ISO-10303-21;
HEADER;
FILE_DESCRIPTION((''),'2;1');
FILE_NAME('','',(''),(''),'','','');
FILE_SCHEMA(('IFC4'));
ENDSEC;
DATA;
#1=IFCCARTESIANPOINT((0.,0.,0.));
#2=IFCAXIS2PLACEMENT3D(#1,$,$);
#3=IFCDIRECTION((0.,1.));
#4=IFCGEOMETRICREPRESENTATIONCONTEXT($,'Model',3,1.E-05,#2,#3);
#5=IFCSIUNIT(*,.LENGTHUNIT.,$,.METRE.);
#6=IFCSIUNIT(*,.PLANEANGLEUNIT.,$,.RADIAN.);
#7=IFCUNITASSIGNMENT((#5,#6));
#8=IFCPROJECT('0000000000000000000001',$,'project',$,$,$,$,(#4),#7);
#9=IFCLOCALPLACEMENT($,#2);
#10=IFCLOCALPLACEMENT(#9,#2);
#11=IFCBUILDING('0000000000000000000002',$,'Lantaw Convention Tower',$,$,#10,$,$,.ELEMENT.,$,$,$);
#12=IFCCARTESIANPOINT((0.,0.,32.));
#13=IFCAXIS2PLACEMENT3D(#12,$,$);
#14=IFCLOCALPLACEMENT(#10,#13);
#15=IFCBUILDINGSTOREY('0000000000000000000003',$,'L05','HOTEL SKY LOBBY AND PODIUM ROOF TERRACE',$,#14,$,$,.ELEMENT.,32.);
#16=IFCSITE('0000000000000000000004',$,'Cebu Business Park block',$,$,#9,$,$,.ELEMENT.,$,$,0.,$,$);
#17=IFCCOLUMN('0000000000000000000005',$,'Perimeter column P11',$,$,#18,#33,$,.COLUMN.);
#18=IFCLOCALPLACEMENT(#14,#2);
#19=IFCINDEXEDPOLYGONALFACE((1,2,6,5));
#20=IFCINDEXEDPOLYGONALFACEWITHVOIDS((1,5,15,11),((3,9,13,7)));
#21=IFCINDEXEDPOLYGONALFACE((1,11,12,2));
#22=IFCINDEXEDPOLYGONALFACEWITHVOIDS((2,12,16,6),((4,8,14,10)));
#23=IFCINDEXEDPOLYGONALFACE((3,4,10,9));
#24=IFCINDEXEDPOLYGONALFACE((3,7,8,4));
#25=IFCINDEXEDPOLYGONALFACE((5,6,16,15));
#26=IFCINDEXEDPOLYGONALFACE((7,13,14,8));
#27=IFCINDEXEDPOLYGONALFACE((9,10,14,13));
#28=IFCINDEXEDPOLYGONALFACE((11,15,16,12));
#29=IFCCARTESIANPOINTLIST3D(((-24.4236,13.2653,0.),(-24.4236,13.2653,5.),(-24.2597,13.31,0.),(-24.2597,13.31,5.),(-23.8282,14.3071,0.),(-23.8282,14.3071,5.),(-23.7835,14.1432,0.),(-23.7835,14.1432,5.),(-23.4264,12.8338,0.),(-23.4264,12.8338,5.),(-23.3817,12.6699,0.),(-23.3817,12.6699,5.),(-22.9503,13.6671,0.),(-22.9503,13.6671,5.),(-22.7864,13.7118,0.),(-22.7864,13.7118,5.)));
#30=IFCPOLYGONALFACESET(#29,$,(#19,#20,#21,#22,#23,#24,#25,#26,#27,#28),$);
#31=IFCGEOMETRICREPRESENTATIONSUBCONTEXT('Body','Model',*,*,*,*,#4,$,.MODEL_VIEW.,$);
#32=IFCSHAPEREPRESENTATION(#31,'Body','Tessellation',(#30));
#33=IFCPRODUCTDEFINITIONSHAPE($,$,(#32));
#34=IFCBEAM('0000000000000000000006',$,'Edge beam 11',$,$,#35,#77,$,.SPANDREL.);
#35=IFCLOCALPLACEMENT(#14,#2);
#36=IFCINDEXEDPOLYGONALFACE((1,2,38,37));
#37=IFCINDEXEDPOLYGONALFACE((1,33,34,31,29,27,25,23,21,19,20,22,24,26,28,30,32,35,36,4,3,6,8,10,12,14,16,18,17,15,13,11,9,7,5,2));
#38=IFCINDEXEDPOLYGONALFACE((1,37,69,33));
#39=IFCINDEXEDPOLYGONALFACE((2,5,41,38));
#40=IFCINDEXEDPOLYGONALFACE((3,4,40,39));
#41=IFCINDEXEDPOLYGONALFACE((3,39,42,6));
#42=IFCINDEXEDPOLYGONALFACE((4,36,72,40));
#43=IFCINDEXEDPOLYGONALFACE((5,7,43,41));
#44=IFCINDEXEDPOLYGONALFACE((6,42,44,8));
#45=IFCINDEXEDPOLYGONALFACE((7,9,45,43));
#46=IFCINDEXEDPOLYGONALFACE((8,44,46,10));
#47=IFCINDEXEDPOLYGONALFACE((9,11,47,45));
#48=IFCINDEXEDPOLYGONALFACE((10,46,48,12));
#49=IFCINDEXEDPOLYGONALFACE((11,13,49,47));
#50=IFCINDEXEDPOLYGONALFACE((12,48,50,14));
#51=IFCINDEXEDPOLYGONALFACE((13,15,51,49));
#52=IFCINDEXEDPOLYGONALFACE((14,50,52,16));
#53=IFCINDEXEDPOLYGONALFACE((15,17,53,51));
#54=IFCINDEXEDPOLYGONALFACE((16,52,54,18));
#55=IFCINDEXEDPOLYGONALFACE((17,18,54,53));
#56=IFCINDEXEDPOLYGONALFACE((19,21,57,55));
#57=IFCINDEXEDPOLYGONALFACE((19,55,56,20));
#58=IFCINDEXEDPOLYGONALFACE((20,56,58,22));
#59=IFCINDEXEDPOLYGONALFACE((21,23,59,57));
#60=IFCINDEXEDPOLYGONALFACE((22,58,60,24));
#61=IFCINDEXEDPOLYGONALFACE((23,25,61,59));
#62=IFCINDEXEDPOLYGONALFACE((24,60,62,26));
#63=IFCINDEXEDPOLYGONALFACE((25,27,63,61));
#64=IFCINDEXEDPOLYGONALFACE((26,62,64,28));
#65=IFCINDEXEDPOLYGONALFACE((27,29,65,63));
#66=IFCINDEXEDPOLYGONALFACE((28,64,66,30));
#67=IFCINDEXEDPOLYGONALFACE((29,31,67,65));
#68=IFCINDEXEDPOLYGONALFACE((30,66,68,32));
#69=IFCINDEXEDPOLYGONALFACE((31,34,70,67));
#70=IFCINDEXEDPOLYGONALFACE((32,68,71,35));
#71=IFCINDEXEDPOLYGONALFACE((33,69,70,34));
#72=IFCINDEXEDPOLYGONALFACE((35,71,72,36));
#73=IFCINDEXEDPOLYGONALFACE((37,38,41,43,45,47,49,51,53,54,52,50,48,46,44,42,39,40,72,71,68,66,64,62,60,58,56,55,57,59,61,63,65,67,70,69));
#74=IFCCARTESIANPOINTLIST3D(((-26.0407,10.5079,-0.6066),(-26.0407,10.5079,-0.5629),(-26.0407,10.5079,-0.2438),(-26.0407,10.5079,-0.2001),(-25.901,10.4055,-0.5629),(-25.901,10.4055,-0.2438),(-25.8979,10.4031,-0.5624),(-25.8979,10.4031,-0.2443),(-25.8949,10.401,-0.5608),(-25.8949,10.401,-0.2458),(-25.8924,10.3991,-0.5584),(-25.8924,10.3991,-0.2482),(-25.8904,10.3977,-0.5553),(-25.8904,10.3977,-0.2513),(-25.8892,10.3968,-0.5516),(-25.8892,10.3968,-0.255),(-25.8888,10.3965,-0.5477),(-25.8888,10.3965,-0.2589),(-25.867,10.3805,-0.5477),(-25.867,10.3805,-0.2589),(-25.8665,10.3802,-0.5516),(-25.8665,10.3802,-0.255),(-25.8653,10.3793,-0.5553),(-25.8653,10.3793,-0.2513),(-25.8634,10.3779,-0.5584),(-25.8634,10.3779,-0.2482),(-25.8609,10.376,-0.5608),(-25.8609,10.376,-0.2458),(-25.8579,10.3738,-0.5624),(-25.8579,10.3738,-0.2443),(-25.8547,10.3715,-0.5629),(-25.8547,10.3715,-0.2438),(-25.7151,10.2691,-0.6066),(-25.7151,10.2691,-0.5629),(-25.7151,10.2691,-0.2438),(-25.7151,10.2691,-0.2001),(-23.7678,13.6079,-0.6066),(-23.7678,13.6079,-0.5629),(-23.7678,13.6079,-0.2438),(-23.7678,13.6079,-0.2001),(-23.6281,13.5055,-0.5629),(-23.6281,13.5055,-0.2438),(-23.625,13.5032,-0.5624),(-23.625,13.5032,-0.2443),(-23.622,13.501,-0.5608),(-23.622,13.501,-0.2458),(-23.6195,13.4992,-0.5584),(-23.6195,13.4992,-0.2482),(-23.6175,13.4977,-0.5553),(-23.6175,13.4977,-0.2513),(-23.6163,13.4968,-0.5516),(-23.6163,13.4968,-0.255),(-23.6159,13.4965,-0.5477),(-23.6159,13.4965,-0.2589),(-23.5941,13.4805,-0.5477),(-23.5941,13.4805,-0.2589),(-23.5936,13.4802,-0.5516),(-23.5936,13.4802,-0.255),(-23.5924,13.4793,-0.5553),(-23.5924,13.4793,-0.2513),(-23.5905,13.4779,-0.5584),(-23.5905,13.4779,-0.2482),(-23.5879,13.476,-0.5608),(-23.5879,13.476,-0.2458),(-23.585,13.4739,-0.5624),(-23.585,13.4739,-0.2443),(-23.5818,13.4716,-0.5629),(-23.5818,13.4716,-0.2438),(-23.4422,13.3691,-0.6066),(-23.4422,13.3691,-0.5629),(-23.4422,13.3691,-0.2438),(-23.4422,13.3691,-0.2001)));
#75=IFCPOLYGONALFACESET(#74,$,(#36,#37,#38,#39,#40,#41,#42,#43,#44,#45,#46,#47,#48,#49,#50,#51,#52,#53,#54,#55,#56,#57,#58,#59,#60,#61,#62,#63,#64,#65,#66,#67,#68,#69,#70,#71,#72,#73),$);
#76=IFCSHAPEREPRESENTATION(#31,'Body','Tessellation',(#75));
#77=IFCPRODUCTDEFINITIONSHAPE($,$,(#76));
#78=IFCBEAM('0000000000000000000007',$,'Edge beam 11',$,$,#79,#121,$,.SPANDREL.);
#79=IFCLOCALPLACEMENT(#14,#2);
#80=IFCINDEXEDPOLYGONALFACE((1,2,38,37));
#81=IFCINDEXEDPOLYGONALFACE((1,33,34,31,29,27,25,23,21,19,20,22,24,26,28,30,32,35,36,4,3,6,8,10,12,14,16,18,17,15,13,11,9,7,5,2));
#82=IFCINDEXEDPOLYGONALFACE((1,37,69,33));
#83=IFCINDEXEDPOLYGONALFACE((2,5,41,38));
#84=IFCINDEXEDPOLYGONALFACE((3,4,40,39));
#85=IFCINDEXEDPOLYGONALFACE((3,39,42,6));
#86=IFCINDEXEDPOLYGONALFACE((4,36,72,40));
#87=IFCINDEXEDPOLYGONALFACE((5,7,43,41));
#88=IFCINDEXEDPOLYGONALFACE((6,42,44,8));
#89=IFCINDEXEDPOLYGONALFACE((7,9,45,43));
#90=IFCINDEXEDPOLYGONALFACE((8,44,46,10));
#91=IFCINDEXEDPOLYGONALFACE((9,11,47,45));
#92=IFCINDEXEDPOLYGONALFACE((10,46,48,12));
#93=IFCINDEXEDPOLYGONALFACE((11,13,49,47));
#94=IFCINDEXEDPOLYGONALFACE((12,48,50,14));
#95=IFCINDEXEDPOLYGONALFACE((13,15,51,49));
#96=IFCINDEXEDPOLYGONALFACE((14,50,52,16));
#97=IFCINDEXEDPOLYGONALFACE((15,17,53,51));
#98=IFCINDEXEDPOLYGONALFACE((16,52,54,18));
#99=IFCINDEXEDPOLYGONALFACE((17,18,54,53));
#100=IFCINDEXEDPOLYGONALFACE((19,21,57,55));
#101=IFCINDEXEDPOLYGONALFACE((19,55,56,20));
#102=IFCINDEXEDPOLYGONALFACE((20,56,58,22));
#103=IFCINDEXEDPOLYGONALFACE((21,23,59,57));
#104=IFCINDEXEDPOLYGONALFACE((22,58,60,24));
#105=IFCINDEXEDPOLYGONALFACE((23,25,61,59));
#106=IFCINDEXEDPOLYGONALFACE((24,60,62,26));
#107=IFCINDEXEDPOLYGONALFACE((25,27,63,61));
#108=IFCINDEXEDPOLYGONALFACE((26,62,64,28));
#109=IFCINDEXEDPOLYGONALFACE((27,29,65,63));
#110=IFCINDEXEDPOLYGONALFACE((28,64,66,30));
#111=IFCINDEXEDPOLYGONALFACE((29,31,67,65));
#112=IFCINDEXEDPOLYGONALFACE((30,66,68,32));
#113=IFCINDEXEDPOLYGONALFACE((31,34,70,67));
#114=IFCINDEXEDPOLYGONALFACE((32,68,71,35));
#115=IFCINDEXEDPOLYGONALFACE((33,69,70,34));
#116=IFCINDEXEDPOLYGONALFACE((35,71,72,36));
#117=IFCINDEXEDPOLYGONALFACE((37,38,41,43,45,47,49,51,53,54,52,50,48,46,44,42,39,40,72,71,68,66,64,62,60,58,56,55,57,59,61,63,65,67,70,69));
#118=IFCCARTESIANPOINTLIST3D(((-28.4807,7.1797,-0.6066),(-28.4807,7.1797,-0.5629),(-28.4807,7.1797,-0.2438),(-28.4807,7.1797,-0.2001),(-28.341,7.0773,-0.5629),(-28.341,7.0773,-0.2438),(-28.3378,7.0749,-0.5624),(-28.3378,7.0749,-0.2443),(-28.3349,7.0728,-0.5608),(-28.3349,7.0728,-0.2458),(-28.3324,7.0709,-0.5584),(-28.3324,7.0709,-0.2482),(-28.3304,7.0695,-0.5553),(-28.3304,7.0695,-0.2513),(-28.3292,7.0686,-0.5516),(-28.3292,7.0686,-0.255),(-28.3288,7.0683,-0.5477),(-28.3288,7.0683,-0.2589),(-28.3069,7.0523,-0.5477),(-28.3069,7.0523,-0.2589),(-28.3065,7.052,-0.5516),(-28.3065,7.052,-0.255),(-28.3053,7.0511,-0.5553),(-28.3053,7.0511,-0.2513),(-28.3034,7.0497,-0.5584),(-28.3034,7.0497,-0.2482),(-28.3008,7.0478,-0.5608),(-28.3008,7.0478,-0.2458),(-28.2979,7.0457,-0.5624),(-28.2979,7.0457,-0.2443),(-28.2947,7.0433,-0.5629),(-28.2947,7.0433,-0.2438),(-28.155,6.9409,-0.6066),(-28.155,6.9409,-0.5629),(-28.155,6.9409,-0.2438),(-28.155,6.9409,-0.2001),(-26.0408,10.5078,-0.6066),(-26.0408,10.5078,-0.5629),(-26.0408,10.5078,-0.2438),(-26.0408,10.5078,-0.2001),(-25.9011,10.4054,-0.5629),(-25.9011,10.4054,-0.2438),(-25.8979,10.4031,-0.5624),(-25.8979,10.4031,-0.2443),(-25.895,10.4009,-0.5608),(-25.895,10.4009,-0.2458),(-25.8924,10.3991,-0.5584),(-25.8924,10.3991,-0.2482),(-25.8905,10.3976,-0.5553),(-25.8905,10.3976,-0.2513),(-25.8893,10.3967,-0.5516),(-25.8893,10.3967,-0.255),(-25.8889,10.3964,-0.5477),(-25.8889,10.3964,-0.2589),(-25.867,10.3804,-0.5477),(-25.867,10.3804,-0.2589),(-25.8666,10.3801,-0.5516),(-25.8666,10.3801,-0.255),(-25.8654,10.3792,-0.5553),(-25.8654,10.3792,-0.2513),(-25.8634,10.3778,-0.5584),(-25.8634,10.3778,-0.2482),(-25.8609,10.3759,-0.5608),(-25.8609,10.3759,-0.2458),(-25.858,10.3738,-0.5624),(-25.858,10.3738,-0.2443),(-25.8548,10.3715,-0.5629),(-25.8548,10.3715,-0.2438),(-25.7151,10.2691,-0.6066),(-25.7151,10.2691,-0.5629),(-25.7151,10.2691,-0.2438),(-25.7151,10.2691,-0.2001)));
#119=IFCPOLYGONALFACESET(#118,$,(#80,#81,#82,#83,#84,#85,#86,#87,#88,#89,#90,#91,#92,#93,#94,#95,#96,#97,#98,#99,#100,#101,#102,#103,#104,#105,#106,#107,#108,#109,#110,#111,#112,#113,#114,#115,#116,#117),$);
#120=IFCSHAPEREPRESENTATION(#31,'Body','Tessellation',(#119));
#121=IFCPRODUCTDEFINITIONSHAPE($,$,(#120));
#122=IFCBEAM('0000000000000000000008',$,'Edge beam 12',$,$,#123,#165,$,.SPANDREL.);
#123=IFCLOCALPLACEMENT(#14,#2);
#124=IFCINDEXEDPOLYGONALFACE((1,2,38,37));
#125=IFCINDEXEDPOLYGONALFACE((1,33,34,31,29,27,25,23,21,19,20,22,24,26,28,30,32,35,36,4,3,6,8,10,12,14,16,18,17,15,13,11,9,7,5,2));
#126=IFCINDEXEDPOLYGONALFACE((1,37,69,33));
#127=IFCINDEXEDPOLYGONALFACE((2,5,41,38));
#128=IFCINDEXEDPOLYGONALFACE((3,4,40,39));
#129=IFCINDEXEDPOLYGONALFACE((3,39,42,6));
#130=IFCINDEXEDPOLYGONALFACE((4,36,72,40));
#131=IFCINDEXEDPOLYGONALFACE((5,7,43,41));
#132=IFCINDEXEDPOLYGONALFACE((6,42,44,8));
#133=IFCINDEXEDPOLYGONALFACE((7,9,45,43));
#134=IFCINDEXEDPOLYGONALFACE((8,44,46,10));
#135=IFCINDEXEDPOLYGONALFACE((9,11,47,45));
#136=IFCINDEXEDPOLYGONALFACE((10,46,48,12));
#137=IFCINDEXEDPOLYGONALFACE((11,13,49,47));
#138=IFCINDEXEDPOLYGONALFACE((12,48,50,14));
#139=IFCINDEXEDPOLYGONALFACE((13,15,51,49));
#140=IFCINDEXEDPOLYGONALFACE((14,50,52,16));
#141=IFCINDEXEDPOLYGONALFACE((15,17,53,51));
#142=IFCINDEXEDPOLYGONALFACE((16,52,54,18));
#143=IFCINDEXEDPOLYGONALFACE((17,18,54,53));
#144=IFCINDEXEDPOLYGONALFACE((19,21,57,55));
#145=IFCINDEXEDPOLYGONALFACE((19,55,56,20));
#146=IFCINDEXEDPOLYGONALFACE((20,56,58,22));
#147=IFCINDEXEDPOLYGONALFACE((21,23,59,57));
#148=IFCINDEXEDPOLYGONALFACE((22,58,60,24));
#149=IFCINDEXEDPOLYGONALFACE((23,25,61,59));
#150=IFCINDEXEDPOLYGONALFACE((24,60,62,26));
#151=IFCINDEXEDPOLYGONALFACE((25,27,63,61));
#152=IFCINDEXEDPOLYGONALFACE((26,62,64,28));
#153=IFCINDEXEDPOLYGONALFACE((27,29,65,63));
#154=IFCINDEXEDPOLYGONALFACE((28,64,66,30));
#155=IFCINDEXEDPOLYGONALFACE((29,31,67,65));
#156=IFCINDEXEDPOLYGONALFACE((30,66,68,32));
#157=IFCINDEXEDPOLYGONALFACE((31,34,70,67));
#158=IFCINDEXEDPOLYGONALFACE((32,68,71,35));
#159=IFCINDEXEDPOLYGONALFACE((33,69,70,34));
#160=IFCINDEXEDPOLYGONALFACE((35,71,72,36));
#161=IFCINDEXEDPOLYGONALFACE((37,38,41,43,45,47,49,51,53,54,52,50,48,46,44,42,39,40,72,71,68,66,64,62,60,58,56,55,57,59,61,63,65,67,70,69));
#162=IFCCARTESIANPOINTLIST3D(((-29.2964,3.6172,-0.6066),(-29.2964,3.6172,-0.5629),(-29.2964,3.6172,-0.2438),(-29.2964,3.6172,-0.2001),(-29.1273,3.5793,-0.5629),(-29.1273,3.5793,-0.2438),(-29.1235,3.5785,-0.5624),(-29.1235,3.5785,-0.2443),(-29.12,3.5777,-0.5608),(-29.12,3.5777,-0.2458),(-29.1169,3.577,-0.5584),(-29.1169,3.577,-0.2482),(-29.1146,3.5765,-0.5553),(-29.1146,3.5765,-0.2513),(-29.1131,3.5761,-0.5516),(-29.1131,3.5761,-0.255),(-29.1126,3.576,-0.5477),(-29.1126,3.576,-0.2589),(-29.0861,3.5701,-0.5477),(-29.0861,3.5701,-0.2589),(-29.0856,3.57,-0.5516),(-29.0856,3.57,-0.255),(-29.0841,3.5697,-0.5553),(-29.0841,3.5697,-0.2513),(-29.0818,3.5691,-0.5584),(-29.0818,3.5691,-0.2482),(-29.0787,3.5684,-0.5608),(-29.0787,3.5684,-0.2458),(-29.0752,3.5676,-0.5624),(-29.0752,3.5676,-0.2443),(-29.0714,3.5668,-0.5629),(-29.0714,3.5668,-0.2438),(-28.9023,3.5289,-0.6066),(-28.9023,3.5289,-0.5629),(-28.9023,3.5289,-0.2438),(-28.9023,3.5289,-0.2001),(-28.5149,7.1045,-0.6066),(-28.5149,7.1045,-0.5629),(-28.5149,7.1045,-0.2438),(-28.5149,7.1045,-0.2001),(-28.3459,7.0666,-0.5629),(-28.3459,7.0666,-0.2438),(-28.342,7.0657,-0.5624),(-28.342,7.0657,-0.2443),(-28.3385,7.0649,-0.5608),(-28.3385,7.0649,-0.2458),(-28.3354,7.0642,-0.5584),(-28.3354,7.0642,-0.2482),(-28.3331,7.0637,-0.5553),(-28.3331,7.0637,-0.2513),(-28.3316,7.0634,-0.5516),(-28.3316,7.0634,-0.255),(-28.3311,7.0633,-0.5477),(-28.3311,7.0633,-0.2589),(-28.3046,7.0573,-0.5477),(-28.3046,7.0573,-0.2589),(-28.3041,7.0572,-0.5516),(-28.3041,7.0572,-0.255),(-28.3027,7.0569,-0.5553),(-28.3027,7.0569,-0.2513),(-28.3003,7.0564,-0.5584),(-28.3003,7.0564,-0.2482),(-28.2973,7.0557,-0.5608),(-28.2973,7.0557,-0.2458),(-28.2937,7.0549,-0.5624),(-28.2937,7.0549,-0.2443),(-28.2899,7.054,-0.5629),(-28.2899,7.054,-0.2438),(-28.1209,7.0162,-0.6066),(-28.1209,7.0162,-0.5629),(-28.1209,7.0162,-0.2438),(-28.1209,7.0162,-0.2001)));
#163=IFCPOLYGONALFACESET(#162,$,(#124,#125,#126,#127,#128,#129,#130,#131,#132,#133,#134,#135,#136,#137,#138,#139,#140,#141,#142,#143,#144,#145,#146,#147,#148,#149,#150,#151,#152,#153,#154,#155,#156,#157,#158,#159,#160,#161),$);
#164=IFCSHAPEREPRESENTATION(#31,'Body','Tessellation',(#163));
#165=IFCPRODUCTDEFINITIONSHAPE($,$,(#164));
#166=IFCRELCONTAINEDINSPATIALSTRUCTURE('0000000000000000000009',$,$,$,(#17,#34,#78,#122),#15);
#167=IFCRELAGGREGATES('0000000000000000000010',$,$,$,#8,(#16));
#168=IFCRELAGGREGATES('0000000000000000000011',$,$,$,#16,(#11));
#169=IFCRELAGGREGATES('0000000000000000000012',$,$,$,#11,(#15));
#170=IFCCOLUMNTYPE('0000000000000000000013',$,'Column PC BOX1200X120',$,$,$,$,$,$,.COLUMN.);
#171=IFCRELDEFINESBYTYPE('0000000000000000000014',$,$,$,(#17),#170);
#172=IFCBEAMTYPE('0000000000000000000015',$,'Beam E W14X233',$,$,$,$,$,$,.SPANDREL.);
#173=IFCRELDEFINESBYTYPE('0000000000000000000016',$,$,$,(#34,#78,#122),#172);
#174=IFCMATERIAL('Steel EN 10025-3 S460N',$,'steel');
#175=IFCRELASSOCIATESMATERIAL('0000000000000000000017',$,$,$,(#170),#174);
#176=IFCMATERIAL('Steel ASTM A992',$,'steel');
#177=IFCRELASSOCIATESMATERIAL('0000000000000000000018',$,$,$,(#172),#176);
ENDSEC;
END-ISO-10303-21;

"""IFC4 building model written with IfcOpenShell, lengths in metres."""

from ifc_helpers import new_model, si_unit, direction, frame, origin, origin_2d, place, context, subcontext, project, spatial, rectangle, hollow_rectangle, i_section, extrude, material, material_profile, profile_set, type_object, element, save


model = new_model("IFC4")

# Units and contexts
model_context = context("Model", 3, precision=1e-05, world=origin(), true_north=direction((0.0, 1.0)))
body_context = subcontext(model_context, "Body", "Model", "MODEL_VIEW")
ifc_project = project(units=[si_unit("LENGTHUNIT", "METRE"), si_unit("PLANEANGLEUNIT", "RADIAN")], contexts=[model_context])

# Site, building, storey
site_placement = place(None, origin())
site = spatial("IfcSite", under=ifc_project, at=site_placement, Name="Cebu Business Park block", CompositionType="ELEMENT", RefElevation=0.0)
building_placement = place(site_placement, origin())
building = spatial("IfcBuilding", under=site, at=building_placement, Name="Lantaw Convention Tower", CompositionType="ELEMENT")
storey_placement = place(building_placement, frame((0.0, 0.0, 32.0)))
storey = spatial("IfcBuildingStorey", under=building, at=storey_placement, Name="L05", Description="HOTEL SKY LOBBY AND PODIUM ROOF TERRACE", CompositionType="ELEMENT", Elevation=32.0)

# Column
ifc_material_1 = material(Name="Steel EN 10025-3 S460N", Category="steel")
ifc_material_profile_1 = material_profile(ifc_material_1, hollow_rectangle(XDim=1.2, YDim=1.2, WallThickness=0.1201, at=origin_2d()), Name="BOX1200X120")
ifc_material_2 = material(Name="Concrete C60/75", Category="concrete")
ifc_material_profile_2 = material_profile(ifc_material_2, rectangle(XDim=0.96, YDim=0.96, at=origin_2d()), Name="Concrete fill of BOX1200X120")
ifc_profile_set_1 = profile_set([ifc_material_profile_1, ifc_material_profile_2], Name="Steel EN 10025-3 S460N")
column_type = type_object("IfcColumnType", Name="Column PC BOX1200X120", PredefinedType="COLUMN", material=ifc_profile_set_1)
column_placement = place(storey_placement, frame((-23.605, 13.4885, 0.0), z_axis=(0.0, 0.0, 1.0), x_axis=(0.496139, 0.868243, 0.0)))
element("IfcColumn", 1, at=column_placement, inside=storey, type_object=column_type, Name="Perimeter column P11", PredefinedType="COLUMN", context=body_context, shape_type="SweptSolid", body=[
    extrude(hollow_rectangle(XDim=1.2, YDim=1.2, WallThickness=0.1201, at=origin_2d()), origin(), (0.0, 0.0, 1.0), 5.0),
])

# Beams
ifc_material_3 = material(Name="Steel ASTM A992", Category="steel")
ifc_material_profile_3 = material_profile(ifc_material_3, i_section(OverallWidth=0.4038, OverallDepth=0.4065, WebThickness=0.0271, FlangeThickness=0.0437, FilletRadius=0.0151, at=origin_2d()), Name="W14X233")
ifc_profile_set_2 = profile_set([ifc_material_profile_3], Name="Steel ASTM A992")
beam_type_1 = type_object("IfcBeamType", Name="Beam E W14X233", PredefinedType="SPANDREL", material=ifc_profile_set_2)
beam_1_placement = place(storey_placement, frame((-23.605, 13.4885, -0.4033), z_axis=(-0.591287, -0.806462, 0.0), x_axis=(0.806462, -0.591287, 0.0)))
element("IfcBeam", 2, at=beam_1_placement, inside=storey, type_object=beam_type_1, Name="Edge beam 11", PredefinedType="SPANDREL", context=body_context, shape_type="SweptSolid", body=[
    extrude(i_section(OverallWidth=0.4038, OverallDepth=0.4065, WebThickness=0.0271, FlangeThickness=0.0437, FilletRadius=0.0151, at=origin_2d()), origin(), (0.0, 0.0, 1.0), 3.844),
])
beam_2_placement = place(storey_placement, frame((-25.8779, 10.3884, -0.4033), z_axis=(-0.591256, -0.806484, 0.0), x_axis=(0.806484, -0.591256, 0.0)))
element("IfcBeam", 3, at=beam_2_placement, inside=storey, type_object=beam_type_1, Name="Edge beam 11", PredefinedType="SPANDREL", context=body_context, shape_type="SweptSolid", body=[
    extrude(i_section(OverallWidth=0.4038, OverallDepth=0.4065, WebThickness=0.0271, FlangeThickness=0.0437, FilletRadius=0.0151, at=origin_2d()), origin(), (0.0, 0.0, 1.0), 4.1267),
])
beam_3_placement = place(storey_placement, frame((-28.3179, 7.0603, -0.4033), z_axis=(-0.218673, -0.975798, 0.0), x_axis=(0.975798, -0.218673, 0.0)))
element("IfcBeam", 4, at=beam_3_placement, inside=storey, type_object=beam_type_1, Name="Edge beam 12", PredefinedType="SPANDREL", context=body_context, shape_type="SweptSolid", body=[
    extrude(i_section(OverallWidth=0.4038, OverallDepth=0.4065, WebThickness=0.0271, FlangeThickness=0.0437, FilletRadius=0.0151, at=origin_2d()), origin(), (0.0, 0.0, 1.0), 3.5737),
])

save(model, "model.ifc")
